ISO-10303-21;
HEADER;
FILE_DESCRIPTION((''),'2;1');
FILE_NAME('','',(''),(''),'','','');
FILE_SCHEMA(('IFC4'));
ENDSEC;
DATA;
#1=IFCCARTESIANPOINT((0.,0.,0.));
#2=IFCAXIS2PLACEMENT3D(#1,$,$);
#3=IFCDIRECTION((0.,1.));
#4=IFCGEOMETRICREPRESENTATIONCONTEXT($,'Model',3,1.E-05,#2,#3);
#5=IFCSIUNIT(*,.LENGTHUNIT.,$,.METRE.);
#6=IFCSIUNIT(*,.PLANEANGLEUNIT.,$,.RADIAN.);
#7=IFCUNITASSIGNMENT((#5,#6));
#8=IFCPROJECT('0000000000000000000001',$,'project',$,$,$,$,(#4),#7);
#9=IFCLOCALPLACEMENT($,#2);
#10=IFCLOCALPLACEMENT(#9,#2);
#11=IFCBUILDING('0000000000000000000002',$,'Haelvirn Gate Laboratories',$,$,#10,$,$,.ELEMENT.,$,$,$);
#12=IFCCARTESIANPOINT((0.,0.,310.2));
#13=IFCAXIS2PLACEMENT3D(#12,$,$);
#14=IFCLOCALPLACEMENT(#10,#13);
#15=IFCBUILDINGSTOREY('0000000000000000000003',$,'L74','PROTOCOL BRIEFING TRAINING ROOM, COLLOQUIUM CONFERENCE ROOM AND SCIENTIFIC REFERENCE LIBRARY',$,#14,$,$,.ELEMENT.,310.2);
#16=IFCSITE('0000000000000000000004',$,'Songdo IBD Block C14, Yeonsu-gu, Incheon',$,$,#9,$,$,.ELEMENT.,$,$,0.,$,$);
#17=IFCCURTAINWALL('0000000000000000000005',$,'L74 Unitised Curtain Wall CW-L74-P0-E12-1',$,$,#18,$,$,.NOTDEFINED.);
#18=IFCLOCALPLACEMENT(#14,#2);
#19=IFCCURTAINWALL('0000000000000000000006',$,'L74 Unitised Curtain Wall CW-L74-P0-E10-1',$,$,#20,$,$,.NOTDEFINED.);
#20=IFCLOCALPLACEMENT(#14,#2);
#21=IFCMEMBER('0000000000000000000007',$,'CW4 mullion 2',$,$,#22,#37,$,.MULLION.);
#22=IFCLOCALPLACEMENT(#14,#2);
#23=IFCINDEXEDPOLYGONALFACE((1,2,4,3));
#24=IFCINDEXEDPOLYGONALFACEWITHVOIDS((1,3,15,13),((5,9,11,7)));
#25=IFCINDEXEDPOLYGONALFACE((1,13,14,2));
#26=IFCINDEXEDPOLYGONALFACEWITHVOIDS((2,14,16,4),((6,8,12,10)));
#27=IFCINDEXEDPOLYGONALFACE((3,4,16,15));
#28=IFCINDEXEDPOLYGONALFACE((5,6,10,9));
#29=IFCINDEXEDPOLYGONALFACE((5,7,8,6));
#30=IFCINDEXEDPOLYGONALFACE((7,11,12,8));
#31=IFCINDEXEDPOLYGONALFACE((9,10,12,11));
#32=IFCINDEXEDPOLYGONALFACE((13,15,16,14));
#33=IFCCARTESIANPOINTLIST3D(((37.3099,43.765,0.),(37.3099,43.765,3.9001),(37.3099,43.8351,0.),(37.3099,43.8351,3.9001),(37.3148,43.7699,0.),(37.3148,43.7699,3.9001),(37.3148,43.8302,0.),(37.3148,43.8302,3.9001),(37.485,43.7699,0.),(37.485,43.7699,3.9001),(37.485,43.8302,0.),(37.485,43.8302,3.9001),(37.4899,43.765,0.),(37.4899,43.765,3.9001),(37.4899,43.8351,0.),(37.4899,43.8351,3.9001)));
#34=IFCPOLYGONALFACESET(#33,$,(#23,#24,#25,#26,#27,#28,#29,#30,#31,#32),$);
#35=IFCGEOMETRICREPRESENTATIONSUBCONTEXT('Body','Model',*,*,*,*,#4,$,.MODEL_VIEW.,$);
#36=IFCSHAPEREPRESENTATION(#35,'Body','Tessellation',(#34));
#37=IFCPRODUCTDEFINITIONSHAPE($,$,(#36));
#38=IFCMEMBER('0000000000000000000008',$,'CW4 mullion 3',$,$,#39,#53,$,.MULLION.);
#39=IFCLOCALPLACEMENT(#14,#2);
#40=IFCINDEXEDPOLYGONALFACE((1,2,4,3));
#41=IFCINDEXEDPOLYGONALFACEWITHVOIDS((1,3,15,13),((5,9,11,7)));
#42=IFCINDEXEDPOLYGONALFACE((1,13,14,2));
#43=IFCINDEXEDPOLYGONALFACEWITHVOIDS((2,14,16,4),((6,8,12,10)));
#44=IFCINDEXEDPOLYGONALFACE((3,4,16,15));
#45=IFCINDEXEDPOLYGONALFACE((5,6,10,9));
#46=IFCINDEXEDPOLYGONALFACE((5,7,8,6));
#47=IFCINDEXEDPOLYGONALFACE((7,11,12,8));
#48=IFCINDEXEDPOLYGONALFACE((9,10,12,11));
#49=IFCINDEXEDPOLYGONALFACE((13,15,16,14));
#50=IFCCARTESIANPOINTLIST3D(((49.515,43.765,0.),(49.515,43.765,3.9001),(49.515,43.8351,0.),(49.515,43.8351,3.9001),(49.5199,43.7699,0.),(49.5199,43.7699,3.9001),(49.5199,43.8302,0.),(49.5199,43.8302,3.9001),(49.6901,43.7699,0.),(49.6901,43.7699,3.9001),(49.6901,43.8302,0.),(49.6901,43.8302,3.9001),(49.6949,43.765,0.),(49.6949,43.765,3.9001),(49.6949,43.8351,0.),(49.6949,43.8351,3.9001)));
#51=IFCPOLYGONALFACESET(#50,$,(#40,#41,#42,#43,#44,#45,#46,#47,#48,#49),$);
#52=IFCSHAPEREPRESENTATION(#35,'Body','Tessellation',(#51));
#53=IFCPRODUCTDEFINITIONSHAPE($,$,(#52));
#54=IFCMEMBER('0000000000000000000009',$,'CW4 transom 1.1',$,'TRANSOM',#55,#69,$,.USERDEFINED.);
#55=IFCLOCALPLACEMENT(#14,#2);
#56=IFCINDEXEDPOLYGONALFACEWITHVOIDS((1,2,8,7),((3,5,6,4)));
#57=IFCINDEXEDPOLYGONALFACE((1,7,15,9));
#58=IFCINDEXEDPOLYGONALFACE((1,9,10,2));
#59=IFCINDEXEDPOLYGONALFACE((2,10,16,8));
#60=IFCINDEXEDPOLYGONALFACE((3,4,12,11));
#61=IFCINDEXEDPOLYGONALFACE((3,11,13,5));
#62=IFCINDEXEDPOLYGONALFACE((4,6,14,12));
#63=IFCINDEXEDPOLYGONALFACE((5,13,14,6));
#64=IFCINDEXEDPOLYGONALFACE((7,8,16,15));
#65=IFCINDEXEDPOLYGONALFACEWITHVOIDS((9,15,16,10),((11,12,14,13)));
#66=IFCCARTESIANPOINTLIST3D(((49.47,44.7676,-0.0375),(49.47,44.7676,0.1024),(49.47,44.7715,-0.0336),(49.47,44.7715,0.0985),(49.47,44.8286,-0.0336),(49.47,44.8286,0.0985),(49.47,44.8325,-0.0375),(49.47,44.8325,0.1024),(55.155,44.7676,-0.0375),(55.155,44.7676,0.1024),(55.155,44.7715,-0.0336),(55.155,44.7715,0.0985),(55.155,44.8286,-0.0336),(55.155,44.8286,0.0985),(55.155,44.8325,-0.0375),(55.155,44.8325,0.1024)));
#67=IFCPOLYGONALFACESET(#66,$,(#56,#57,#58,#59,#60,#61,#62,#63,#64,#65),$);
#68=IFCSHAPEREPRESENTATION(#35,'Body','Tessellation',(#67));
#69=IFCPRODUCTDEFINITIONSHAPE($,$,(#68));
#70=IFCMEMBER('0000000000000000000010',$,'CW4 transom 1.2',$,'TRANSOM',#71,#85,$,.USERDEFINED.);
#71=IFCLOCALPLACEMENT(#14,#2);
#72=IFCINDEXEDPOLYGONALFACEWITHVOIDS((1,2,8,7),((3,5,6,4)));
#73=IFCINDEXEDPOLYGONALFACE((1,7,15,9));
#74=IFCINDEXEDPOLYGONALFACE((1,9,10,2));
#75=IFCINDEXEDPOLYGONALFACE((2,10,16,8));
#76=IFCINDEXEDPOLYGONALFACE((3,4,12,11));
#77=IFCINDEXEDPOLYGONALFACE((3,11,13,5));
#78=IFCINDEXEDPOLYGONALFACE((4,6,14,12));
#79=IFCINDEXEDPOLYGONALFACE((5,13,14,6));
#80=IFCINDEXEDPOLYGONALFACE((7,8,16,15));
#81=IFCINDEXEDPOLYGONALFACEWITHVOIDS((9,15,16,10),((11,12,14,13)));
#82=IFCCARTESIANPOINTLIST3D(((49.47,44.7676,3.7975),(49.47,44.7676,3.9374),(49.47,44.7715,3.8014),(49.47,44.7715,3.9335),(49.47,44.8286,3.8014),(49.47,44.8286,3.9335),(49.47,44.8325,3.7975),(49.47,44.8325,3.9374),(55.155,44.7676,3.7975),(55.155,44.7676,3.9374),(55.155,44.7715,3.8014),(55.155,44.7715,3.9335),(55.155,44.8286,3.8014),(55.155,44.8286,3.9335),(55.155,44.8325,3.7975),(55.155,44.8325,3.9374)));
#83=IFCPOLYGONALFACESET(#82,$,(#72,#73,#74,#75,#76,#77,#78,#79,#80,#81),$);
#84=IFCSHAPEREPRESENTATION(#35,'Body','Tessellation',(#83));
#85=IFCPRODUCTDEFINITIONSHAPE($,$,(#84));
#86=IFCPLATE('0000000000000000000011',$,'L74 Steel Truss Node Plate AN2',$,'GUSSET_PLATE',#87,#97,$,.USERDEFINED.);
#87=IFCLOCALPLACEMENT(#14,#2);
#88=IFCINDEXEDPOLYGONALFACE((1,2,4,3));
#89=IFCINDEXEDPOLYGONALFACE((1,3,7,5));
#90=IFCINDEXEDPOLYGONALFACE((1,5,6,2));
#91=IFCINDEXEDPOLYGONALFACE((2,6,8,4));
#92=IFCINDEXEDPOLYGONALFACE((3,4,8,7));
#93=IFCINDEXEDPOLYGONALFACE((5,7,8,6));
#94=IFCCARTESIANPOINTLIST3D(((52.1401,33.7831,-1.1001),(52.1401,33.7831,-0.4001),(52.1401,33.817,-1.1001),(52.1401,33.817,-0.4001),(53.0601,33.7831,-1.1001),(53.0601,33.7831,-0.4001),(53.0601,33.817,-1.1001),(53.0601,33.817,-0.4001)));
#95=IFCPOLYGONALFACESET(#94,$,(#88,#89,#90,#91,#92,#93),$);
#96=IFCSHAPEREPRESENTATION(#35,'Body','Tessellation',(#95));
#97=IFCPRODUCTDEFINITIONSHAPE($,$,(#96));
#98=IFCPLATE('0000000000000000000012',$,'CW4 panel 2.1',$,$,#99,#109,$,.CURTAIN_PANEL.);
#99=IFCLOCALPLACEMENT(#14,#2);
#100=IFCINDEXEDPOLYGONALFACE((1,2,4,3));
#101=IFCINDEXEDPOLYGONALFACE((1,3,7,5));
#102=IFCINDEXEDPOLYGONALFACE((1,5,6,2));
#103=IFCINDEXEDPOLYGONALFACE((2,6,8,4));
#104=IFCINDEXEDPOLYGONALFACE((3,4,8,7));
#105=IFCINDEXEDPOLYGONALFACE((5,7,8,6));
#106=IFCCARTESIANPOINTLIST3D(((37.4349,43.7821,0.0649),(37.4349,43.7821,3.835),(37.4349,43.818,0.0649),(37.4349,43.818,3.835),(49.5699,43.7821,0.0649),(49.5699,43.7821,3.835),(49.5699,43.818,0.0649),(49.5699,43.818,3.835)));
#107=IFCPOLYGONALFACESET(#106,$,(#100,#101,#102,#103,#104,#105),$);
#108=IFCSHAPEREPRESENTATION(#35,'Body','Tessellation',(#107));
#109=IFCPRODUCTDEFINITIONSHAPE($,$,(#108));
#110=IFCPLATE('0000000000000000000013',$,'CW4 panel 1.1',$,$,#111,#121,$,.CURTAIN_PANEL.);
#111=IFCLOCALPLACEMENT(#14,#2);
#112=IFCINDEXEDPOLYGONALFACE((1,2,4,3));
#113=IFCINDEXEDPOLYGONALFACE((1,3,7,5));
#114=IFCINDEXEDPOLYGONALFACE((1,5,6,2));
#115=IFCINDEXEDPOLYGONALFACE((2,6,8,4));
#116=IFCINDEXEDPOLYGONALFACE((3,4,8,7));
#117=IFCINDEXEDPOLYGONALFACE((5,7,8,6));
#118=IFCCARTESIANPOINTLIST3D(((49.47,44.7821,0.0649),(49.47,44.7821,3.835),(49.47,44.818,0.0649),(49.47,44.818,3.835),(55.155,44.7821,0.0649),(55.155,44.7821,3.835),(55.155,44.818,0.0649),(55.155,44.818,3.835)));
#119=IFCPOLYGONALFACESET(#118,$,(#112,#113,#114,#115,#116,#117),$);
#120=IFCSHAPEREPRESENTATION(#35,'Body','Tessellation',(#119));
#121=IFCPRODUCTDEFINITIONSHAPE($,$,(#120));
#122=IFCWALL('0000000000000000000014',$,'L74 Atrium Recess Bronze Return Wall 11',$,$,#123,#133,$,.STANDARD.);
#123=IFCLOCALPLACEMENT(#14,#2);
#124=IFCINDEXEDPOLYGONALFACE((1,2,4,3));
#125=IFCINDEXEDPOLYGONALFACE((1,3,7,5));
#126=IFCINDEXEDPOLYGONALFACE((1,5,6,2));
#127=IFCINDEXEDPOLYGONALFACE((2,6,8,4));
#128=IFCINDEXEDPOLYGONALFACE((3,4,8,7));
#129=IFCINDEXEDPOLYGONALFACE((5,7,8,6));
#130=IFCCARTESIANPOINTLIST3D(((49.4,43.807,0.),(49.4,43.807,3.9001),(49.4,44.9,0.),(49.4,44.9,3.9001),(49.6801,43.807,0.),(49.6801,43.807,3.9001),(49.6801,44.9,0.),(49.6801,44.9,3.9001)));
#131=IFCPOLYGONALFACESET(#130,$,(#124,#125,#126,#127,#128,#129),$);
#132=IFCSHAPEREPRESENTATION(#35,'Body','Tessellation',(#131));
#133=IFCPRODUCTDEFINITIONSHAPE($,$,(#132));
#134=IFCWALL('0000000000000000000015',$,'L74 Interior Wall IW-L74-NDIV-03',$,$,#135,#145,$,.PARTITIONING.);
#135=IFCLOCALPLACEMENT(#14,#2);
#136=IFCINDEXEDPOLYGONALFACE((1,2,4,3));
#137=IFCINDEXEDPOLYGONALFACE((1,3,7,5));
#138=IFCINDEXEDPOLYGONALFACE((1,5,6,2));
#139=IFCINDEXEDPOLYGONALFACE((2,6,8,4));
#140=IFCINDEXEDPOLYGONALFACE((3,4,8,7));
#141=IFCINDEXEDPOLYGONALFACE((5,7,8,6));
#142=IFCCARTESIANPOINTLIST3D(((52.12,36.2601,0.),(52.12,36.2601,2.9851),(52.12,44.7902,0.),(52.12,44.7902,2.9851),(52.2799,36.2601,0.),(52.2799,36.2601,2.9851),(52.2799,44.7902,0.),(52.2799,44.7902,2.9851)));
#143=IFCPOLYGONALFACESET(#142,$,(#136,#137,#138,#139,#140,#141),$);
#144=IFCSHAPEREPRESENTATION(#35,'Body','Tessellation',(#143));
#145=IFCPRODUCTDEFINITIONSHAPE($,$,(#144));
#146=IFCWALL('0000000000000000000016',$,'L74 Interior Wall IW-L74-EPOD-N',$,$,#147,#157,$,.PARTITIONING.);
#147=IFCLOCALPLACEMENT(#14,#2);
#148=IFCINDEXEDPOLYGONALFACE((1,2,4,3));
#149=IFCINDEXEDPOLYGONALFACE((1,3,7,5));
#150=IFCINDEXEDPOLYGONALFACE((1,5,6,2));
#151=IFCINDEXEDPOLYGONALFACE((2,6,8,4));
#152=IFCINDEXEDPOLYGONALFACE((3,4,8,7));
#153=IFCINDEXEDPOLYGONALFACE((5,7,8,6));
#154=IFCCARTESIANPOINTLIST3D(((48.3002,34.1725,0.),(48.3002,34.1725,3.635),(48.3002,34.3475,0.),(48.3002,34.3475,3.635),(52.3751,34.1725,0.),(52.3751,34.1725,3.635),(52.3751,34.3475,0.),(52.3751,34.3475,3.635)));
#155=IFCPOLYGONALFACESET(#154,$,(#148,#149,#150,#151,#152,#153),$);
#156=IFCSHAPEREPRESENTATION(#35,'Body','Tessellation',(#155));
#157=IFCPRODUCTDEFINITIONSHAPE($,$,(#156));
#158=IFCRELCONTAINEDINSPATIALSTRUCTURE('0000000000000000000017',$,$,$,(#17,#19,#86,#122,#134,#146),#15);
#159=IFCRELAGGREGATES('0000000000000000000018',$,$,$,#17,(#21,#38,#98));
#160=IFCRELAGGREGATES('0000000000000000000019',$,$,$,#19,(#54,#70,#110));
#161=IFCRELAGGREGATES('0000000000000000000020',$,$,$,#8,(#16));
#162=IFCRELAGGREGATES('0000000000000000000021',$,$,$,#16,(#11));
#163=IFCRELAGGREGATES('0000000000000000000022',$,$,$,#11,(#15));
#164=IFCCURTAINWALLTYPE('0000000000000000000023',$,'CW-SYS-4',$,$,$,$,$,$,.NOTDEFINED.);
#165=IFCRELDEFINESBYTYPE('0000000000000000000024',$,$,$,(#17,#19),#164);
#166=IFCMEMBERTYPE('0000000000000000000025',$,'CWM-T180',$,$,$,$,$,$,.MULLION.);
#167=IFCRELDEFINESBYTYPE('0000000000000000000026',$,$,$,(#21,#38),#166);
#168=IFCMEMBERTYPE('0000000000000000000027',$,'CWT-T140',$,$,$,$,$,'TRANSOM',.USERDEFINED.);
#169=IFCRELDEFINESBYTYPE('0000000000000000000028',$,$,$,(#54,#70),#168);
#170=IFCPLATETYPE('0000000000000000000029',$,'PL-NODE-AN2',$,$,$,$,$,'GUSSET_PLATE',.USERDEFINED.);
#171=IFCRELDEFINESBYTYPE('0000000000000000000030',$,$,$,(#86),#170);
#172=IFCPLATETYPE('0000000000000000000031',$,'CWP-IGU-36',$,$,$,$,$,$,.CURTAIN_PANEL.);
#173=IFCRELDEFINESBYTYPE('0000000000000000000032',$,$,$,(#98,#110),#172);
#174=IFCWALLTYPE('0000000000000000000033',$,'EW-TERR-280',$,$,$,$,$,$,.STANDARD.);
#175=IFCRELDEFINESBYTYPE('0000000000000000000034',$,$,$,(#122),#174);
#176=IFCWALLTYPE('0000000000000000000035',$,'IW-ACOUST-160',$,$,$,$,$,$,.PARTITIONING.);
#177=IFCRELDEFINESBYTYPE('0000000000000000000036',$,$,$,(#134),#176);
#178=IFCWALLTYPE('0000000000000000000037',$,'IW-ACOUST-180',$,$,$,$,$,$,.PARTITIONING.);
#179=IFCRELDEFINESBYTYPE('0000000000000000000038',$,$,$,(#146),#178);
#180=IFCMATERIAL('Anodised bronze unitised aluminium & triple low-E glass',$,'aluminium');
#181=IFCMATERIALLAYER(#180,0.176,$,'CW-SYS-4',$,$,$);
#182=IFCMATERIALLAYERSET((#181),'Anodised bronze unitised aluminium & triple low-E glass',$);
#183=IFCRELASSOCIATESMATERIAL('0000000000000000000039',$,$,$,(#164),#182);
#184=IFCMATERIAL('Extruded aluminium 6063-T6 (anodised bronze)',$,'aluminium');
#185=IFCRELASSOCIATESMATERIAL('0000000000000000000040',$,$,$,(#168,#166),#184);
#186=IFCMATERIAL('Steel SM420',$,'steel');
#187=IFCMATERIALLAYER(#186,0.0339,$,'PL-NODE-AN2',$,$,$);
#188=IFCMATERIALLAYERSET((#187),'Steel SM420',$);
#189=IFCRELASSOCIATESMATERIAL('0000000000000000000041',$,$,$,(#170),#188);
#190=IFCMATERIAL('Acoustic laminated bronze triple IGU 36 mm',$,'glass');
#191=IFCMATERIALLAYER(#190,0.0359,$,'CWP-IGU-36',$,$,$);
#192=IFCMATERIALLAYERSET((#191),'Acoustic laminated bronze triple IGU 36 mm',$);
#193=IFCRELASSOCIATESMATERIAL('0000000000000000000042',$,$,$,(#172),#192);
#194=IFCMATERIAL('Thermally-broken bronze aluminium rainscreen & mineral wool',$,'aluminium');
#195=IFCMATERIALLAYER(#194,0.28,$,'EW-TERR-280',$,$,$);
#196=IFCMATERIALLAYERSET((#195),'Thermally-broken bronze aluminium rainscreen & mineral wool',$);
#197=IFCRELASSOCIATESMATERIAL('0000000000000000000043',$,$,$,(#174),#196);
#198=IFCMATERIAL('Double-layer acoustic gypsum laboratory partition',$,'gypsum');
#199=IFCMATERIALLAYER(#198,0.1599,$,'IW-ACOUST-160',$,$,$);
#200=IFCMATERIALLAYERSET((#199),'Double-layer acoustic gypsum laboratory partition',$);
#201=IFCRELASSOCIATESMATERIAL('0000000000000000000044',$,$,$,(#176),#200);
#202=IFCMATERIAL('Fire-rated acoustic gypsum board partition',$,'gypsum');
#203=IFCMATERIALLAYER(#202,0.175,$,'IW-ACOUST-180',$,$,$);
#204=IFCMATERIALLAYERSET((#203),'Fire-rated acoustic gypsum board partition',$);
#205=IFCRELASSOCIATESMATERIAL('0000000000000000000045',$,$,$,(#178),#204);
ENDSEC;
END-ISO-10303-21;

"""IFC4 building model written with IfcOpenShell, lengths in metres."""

from ifc_helpers import new_model, si_unit, direction, frame, frame_2d, origin, origin_2d, place, context, subcontext, project, spatial, rectangle, hollow_rectangle, extrude, source, transform, mapped, material, layer, layer_set, material_profile, profile_set, type_object, type_shapes, element, aggregate, save


model = new_model("IFC4")

# Units and contexts
model_context = context("Model", 3, precision=1e-05, world=origin(), true_north=direction((0.0, 1.0)))
body_context = subcontext(model_context, "Body", "Model", "MODEL_VIEW")
ifc_project = project(units=[si_unit("LENGTHUNIT", "METRE"), si_unit("PLANEANGLEUNIT", "RADIAN")], contexts=[model_context])

# Site, building, storey
site_placement = place(None, origin())
site = spatial("IfcSite", under=ifc_project, at=site_placement, Name="Songdo IBD Block C14, Yeonsu-gu, Incheon", CompositionType="ELEMENT", RefElevation=0.0)
building_placement = place(site_placement, origin())
building = spatial("IfcBuilding", under=site, at=building_placement, Name="Haelvirn Gate Laboratories", CompositionType="ELEMENT")
storey_placement = place(building_placement, frame((0.0, 0.0, 310.2)))
storey = spatial("IfcBuildingStorey", under=building, at=storey_placement, Name="L74", Description="PROTOCOL BRIEFING TRAINING ROOM, COLLOQUIUM CONFERENCE ROOM AND SCIENTIFIC REFERENCE LIBRARY", CompositionType="ELEMENT", Elevation=310.2)

# Shared definitions
ifc_material_1 = material(Name="Steel SM420", Category="steel")

# Curtain wall
ifc_material_2 = material(Name="Anodised bronze unitised aluminium & triple low-E glass", Category="aluminium")
ifc_layer_1 = layer(ifc_material_2, 0.176, Name="CW-SYS-4")
ifc_layer_set_1 = layer_set([ifc_layer_1], Name="Anodised bronze unitised aluminium & triple low-E glass")
curtain_wall_type = type_object("IfcCurtainWallType", Name="CW-SYS-4", PredefinedType="NOTDEFINED", material=ifc_layer_set_1)
curtain_wall_1_placement = place(storey_placement, origin())
curtain_wall_1 = element("IfcCurtainWall", 1, at=curtain_wall_1_placement, inside=storey, type_object=curtain_wall_type, Name="L74 Unitised Curtain Wall CW-L74-P0-E12-1", PredefinedType="NOTDEFINED")
ifc_material_3 = material(Name="Extruded aluminium 6063-T6 (anodised bronze)", Category="aluminium")
ifc_material_profile_1 = material_profile(ifc_material_3, hollow_rectangle(XDim=0.0649, YDim=0.1399, WallThickness=0.0039, at=origin_2d()), Name="CWT-140x65x4")
ifc_profile_set_1 = profile_set([ifc_material_profile_1], Name="Extruded aluminium 6063-T6 (anodised bronze)")
member_type_1 = type_object("IfcMemberType", Name="CWT-T140", ElementType="TRANSOM", PredefinedType="USERDEFINED", material=ifc_profile_set_1)

# Curtain wall
curtain_wall_2_placement = place(storey_placement, origin())
curtain_wall_2 = element("IfcCurtainWall", 2, at=curtain_wall_2_placement, inside=storey, type_object=curtain_wall_type, Name="L74 Unitised Curtain Wall CW-L74-P0-E10-1", PredefinedType="NOTDEFINED")
ifc_material_profile_2 = material_profile(ifc_material_3, hollow_rectangle(XDim=0.0701, YDim=0.1799, WallThickness=0.0049, at=origin_2d()), Name="CWM-180x70x5")
ifc_profile_set_2 = profile_set([ifc_material_profile_2], Name="Extruded aluminium 6063-T6 (anodised bronze)")
member_type_2 = type_object("IfcMemberType", Name="CWM-T180", PredefinedType="MULLION", material=ifc_profile_set_2)
shared_shape_1 = source(origin(), body_context, "Body", "SweptSolid", [
    extrude(hollow_rectangle(XDim=0.0701, YDim=0.1799, WallThickness=0.0049, at=origin_2d()), origin(), (0.0, 0.0, 1.0), 3.9001),
])
type_shapes(member_type_2, [shared_shape_1])

# Members
member_1_placement = place(storey_placement, frame((37.3999, 43.8, 0.0), z_axis=(0.0, 0.0, 1.0), x_axis=(0.0, 1.0, 0.0)))
member_1 = element("IfcMember", 3, at=member_1_placement, type_object=member_type_2, Name="CW4 mullion 2", PredefinedType="MULLION", context=body_context, shape_type="MappedRepresentation", body=[
    mapped(shared_shape_1, transform((0.0, 0.0, 0.0), scale=1.0)),
])
member_2_placement = place(storey_placement, frame((49.605, 43.8, 0.0), z_axis=(0.0, 0.0, 1.0), x_axis=(0.0, 1.0, 0.0)))
member_2 = element("IfcMember", 4, at=member_2_placement, type_object=member_type_2, Name="CW4 mullion 3", PredefinedType="MULLION", context=body_context, shape_type="MappedRepresentation", body=[
    mapped(shared_shape_1, transform((0.0, 0.0, 0.0), scale=1.0)),
])
shared_shape_2 = source(origin(), body_context, "Body", "SweptSolid", [
    extrude(hollow_rectangle(XDim=0.0649, YDim=0.1399, WallThickness=0.0039, at=origin_2d()), origin(), (0.0, 0.0, 1.0), 5.6851),
])
member_3_placement = place(storey_placement, frame((49.47, 44.8, 0.0325), z_axis=(1.0, 0.0, 0.0), x_axis=(0.0, 1.0, 0.0)))
member_3 = element("IfcMember", 5, at=member_3_placement, type_object=member_type_1, Name="CW4 transom 1.1", ObjectType="TRANSOM", PredefinedType="USERDEFINED", context=body_context, shape_type="MappedRepresentation", body=[
    mapped(shared_shape_2, transform((0.0, 0.0, 0.0), scale=1.0)),
])
member_4_placement = place(storey_placement, frame((49.47, 44.8, 3.8674), z_axis=(1.0, 0.0, 0.0), x_axis=(0.0, 1.0, 0.0)))
member_4 = element("IfcMember", 6, at=member_4_placement, type_object=member_type_1, Name="CW4 transom 1.2", ObjectType="TRANSOM", PredefinedType="USERDEFINED", context=body_context, shape_type="MappedRepresentation", body=[
    mapped(shared_shape_2, transform((0.0, 0.0, 0.0), scale=1.0)),
])

# Plates
ifc_layer_2 = layer(ifc_material_1, 0.0339, Name="PL-NODE-AN2")
ifc_layer_set_2 = layer_set([ifc_layer_2], Name="Steel SM420")
plate_type_1 = type_object("IfcPlateType", Name="PL-NODE-AN2", ElementType="GUSSET_PLATE", PredefinedType="USERDEFINED", material=ifc_layer_set_2)
shared_shape_3 = source(origin(), body_context, "Body", "SweptSolid", [
    extrude(rectangle(XDim=0.9199, YDim=0.0339, at=origin_2d()), origin(), (0.0, 0.0, 1.0), 0.7),
])
type_shapes(plate_type_1, [shared_shape_3])
plate_1_placement = place(storey_placement, frame((52.6001, 33.8, -1.1001), z_axis=(0.0, 0.0, 1.0), x_axis=(1.0, 0.0, 0.0)))
element("IfcPlate", 7, at=plate_1_placement, inside=storey, type_object=plate_type_1, Name="L74 Steel Truss Node Plate AN2", ObjectType="GUSSET_PLATE", PredefinedType="USERDEFINED", context=body_context, shape_type="MappedRepresentation", body=[
    mapped(shared_shape_3, transform((0.0, 0.0, 0.0), scale=1.0)),
])
ifc_material_4 = material(Name="Acoustic laminated bronze triple IGU 36 mm", Category="glass")
ifc_layer_3 = layer(ifc_material_4, 0.0359, Name="CWP-IGU-36")
ifc_layer_set_3 = layer_set([ifc_layer_3], Name="Acoustic laminated bronze triple IGU 36 mm")
plate_type_2 = type_object("IfcPlateType", Name="CWP-IGU-36", PredefinedType="CURTAIN_PANEL", material=ifc_layer_set_3)
shared_shape_4 = source(origin(), body_context, "Body", "SweptSolid", [
    extrude(rectangle(XDim=12.135, YDim=0.0359, at=origin_2d()), origin(), (0.0, 0.0, 1.0), 3.77),
])
plate_2_placement = place(storey_placement, frame((43.5024, 43.8, 0.0649), z_axis=(0.0, 0.0, 1.0), x_axis=(1.0, 0.0, 0.0)))
plate_2 = element("IfcPlate", 8, at=plate_2_placement, type_object=plate_type_2, Name="CW4 panel 2.1", PredefinedType="CURTAIN_PANEL", context=body_context, shape_type="MappedRepresentation", body=[
    mapped(shared_shape_4, transform((0.0, 0.0, 0.0), scale=1.0)),
])
aggregate(curtain_wall_1, [member_1, member_2, plate_2])
shared_shape_5 = source(origin(), body_context, "Body", "SweptSolid", [
    extrude(rectangle(XDim=5.6851, YDim=0.0359, at=origin_2d()), origin(), (0.0, 0.0, 1.0), 3.77),
])
type_shapes(plate_type_2, [shared_shape_4, shared_shape_5])
plate_3_placement = place(storey_placement, frame((52.3125, 44.8, 0.0649), z_axis=(0.0, 0.0, 1.0), x_axis=(1.0, 0.0, 0.0)))
plate_3 = element("IfcPlate", 9, at=plate_3_placement, type_object=plate_type_2, Name="CW4 panel 1.1", PredefinedType="CURTAIN_PANEL", context=body_context, shape_type="MappedRepresentation", body=[
    mapped(shared_shape_5, transform((0.0, 0.0, 0.0), scale=1.0)),
])
aggregate(curtain_wall_2, [member_3, member_4, plate_3])

# Walls
ifc_material_5 = material(Name="Thermally-broken bronze aluminium rainscreen & mineral wool", Category="aluminium")
ifc_layer_4 = layer(ifc_material_5, 0.28, Name="EW-TERR-280")
ifc_layer_set_4 = layer_set([ifc_layer_4], Name="Thermally-broken bronze aluminium rainscreen & mineral wool")
wall_type_1 = type_object("IfcWallType", Name="EW-TERR-280", PredefinedType="STANDARD", material=ifc_layer_set_4)
wall_1_placement = place(storey_placement, frame((49.54, 44.8999, 0.0), z_axis=(0.0, 0.0, 1.0), x_axis=(0.0, -1.0, 0.0)))
element("IfcWall", 10, at=wall_1_placement, inside=storey, type_object=wall_type_1, Name="L74 Atrium Recess Bronze Return Wall 11", PredefinedType="STANDARD", context=body_context, shape_type="SweptSolid", body=[
    extrude(rectangle(XDim=1.093, YDim=0.28, at=frame_2d((0.5464, 0.0))), origin(), (0.0, 0.0, 1.0), 3.9001),
])
ifc_material_6 = material(Name="Double-layer acoustic gypsum laboratory partition", Category="gypsum")
ifc_layer_5 = layer(ifc_material_6, 0.1599, Name="IW-ACOUST-160")
ifc_layer_set_5 = layer_set([ifc_layer_5], Name="Double-layer acoustic gypsum laboratory partition")
wall_type_2 = type_object("IfcWallType", Name="IW-ACOUST-160", PredefinedType="PARTITIONING", material=ifc_layer_set_5)
wall_2_placement = place(storey_placement, frame((52.2, 36.26, 0.0), z_axis=(0.0, 0.0, 1.0), x_axis=(0.0, 1.0, 0.0)))
element("IfcWall", 11, at=wall_2_placement, inside=storey, type_object=wall_type_2, Name="L74 Interior Wall IW-L74-NDIV-03", PredefinedType="PARTITIONING", context=body_context, shape_type="SweptSolid", body=[
    extrude(rectangle(XDim=8.53, YDim=0.1599, at=frame_2d((4.2651, 0.0))), origin(), (0.0, 0.0, 1.0), 2.9851),
])
ifc_material_7 = material(Name="Fire-rated acoustic gypsum board partition", Category="gypsum")
ifc_layer_6 = layer(ifc_material_7, 0.175, Name="IW-ACOUST-180")
ifc_layer_set_6 = layer_set([ifc_layer_6], Name="Fire-rated acoustic gypsum board partition")
wall_type_3 = type_object("IfcWallType", Name="IW-ACOUST-180", PredefinedType="PARTITIONING", material=ifc_layer_set_6)
wall_3_placement = place(storey_placement, frame((48.3, 34.26, 0.0), z_axis=(0.0, 0.0, 1.0), x_axis=(1.0, 0.0, 0.0)))
element("IfcWall", 12, at=wall_3_placement, inside=storey, type_object=wall_type_3, Name="L74 Interior Wall IW-L74-EPOD-N", PredefinedType="PARTITIONING", context=body_context, shape_type="SweptSolid", body=[
    extrude(rectangle(XDim=4.075, YDim=0.175, at=frame_2d((2.0376, 0.0))), origin(), (0.0, 0.0, 1.0), 3.635),
])

save(model, "model.ifc")
